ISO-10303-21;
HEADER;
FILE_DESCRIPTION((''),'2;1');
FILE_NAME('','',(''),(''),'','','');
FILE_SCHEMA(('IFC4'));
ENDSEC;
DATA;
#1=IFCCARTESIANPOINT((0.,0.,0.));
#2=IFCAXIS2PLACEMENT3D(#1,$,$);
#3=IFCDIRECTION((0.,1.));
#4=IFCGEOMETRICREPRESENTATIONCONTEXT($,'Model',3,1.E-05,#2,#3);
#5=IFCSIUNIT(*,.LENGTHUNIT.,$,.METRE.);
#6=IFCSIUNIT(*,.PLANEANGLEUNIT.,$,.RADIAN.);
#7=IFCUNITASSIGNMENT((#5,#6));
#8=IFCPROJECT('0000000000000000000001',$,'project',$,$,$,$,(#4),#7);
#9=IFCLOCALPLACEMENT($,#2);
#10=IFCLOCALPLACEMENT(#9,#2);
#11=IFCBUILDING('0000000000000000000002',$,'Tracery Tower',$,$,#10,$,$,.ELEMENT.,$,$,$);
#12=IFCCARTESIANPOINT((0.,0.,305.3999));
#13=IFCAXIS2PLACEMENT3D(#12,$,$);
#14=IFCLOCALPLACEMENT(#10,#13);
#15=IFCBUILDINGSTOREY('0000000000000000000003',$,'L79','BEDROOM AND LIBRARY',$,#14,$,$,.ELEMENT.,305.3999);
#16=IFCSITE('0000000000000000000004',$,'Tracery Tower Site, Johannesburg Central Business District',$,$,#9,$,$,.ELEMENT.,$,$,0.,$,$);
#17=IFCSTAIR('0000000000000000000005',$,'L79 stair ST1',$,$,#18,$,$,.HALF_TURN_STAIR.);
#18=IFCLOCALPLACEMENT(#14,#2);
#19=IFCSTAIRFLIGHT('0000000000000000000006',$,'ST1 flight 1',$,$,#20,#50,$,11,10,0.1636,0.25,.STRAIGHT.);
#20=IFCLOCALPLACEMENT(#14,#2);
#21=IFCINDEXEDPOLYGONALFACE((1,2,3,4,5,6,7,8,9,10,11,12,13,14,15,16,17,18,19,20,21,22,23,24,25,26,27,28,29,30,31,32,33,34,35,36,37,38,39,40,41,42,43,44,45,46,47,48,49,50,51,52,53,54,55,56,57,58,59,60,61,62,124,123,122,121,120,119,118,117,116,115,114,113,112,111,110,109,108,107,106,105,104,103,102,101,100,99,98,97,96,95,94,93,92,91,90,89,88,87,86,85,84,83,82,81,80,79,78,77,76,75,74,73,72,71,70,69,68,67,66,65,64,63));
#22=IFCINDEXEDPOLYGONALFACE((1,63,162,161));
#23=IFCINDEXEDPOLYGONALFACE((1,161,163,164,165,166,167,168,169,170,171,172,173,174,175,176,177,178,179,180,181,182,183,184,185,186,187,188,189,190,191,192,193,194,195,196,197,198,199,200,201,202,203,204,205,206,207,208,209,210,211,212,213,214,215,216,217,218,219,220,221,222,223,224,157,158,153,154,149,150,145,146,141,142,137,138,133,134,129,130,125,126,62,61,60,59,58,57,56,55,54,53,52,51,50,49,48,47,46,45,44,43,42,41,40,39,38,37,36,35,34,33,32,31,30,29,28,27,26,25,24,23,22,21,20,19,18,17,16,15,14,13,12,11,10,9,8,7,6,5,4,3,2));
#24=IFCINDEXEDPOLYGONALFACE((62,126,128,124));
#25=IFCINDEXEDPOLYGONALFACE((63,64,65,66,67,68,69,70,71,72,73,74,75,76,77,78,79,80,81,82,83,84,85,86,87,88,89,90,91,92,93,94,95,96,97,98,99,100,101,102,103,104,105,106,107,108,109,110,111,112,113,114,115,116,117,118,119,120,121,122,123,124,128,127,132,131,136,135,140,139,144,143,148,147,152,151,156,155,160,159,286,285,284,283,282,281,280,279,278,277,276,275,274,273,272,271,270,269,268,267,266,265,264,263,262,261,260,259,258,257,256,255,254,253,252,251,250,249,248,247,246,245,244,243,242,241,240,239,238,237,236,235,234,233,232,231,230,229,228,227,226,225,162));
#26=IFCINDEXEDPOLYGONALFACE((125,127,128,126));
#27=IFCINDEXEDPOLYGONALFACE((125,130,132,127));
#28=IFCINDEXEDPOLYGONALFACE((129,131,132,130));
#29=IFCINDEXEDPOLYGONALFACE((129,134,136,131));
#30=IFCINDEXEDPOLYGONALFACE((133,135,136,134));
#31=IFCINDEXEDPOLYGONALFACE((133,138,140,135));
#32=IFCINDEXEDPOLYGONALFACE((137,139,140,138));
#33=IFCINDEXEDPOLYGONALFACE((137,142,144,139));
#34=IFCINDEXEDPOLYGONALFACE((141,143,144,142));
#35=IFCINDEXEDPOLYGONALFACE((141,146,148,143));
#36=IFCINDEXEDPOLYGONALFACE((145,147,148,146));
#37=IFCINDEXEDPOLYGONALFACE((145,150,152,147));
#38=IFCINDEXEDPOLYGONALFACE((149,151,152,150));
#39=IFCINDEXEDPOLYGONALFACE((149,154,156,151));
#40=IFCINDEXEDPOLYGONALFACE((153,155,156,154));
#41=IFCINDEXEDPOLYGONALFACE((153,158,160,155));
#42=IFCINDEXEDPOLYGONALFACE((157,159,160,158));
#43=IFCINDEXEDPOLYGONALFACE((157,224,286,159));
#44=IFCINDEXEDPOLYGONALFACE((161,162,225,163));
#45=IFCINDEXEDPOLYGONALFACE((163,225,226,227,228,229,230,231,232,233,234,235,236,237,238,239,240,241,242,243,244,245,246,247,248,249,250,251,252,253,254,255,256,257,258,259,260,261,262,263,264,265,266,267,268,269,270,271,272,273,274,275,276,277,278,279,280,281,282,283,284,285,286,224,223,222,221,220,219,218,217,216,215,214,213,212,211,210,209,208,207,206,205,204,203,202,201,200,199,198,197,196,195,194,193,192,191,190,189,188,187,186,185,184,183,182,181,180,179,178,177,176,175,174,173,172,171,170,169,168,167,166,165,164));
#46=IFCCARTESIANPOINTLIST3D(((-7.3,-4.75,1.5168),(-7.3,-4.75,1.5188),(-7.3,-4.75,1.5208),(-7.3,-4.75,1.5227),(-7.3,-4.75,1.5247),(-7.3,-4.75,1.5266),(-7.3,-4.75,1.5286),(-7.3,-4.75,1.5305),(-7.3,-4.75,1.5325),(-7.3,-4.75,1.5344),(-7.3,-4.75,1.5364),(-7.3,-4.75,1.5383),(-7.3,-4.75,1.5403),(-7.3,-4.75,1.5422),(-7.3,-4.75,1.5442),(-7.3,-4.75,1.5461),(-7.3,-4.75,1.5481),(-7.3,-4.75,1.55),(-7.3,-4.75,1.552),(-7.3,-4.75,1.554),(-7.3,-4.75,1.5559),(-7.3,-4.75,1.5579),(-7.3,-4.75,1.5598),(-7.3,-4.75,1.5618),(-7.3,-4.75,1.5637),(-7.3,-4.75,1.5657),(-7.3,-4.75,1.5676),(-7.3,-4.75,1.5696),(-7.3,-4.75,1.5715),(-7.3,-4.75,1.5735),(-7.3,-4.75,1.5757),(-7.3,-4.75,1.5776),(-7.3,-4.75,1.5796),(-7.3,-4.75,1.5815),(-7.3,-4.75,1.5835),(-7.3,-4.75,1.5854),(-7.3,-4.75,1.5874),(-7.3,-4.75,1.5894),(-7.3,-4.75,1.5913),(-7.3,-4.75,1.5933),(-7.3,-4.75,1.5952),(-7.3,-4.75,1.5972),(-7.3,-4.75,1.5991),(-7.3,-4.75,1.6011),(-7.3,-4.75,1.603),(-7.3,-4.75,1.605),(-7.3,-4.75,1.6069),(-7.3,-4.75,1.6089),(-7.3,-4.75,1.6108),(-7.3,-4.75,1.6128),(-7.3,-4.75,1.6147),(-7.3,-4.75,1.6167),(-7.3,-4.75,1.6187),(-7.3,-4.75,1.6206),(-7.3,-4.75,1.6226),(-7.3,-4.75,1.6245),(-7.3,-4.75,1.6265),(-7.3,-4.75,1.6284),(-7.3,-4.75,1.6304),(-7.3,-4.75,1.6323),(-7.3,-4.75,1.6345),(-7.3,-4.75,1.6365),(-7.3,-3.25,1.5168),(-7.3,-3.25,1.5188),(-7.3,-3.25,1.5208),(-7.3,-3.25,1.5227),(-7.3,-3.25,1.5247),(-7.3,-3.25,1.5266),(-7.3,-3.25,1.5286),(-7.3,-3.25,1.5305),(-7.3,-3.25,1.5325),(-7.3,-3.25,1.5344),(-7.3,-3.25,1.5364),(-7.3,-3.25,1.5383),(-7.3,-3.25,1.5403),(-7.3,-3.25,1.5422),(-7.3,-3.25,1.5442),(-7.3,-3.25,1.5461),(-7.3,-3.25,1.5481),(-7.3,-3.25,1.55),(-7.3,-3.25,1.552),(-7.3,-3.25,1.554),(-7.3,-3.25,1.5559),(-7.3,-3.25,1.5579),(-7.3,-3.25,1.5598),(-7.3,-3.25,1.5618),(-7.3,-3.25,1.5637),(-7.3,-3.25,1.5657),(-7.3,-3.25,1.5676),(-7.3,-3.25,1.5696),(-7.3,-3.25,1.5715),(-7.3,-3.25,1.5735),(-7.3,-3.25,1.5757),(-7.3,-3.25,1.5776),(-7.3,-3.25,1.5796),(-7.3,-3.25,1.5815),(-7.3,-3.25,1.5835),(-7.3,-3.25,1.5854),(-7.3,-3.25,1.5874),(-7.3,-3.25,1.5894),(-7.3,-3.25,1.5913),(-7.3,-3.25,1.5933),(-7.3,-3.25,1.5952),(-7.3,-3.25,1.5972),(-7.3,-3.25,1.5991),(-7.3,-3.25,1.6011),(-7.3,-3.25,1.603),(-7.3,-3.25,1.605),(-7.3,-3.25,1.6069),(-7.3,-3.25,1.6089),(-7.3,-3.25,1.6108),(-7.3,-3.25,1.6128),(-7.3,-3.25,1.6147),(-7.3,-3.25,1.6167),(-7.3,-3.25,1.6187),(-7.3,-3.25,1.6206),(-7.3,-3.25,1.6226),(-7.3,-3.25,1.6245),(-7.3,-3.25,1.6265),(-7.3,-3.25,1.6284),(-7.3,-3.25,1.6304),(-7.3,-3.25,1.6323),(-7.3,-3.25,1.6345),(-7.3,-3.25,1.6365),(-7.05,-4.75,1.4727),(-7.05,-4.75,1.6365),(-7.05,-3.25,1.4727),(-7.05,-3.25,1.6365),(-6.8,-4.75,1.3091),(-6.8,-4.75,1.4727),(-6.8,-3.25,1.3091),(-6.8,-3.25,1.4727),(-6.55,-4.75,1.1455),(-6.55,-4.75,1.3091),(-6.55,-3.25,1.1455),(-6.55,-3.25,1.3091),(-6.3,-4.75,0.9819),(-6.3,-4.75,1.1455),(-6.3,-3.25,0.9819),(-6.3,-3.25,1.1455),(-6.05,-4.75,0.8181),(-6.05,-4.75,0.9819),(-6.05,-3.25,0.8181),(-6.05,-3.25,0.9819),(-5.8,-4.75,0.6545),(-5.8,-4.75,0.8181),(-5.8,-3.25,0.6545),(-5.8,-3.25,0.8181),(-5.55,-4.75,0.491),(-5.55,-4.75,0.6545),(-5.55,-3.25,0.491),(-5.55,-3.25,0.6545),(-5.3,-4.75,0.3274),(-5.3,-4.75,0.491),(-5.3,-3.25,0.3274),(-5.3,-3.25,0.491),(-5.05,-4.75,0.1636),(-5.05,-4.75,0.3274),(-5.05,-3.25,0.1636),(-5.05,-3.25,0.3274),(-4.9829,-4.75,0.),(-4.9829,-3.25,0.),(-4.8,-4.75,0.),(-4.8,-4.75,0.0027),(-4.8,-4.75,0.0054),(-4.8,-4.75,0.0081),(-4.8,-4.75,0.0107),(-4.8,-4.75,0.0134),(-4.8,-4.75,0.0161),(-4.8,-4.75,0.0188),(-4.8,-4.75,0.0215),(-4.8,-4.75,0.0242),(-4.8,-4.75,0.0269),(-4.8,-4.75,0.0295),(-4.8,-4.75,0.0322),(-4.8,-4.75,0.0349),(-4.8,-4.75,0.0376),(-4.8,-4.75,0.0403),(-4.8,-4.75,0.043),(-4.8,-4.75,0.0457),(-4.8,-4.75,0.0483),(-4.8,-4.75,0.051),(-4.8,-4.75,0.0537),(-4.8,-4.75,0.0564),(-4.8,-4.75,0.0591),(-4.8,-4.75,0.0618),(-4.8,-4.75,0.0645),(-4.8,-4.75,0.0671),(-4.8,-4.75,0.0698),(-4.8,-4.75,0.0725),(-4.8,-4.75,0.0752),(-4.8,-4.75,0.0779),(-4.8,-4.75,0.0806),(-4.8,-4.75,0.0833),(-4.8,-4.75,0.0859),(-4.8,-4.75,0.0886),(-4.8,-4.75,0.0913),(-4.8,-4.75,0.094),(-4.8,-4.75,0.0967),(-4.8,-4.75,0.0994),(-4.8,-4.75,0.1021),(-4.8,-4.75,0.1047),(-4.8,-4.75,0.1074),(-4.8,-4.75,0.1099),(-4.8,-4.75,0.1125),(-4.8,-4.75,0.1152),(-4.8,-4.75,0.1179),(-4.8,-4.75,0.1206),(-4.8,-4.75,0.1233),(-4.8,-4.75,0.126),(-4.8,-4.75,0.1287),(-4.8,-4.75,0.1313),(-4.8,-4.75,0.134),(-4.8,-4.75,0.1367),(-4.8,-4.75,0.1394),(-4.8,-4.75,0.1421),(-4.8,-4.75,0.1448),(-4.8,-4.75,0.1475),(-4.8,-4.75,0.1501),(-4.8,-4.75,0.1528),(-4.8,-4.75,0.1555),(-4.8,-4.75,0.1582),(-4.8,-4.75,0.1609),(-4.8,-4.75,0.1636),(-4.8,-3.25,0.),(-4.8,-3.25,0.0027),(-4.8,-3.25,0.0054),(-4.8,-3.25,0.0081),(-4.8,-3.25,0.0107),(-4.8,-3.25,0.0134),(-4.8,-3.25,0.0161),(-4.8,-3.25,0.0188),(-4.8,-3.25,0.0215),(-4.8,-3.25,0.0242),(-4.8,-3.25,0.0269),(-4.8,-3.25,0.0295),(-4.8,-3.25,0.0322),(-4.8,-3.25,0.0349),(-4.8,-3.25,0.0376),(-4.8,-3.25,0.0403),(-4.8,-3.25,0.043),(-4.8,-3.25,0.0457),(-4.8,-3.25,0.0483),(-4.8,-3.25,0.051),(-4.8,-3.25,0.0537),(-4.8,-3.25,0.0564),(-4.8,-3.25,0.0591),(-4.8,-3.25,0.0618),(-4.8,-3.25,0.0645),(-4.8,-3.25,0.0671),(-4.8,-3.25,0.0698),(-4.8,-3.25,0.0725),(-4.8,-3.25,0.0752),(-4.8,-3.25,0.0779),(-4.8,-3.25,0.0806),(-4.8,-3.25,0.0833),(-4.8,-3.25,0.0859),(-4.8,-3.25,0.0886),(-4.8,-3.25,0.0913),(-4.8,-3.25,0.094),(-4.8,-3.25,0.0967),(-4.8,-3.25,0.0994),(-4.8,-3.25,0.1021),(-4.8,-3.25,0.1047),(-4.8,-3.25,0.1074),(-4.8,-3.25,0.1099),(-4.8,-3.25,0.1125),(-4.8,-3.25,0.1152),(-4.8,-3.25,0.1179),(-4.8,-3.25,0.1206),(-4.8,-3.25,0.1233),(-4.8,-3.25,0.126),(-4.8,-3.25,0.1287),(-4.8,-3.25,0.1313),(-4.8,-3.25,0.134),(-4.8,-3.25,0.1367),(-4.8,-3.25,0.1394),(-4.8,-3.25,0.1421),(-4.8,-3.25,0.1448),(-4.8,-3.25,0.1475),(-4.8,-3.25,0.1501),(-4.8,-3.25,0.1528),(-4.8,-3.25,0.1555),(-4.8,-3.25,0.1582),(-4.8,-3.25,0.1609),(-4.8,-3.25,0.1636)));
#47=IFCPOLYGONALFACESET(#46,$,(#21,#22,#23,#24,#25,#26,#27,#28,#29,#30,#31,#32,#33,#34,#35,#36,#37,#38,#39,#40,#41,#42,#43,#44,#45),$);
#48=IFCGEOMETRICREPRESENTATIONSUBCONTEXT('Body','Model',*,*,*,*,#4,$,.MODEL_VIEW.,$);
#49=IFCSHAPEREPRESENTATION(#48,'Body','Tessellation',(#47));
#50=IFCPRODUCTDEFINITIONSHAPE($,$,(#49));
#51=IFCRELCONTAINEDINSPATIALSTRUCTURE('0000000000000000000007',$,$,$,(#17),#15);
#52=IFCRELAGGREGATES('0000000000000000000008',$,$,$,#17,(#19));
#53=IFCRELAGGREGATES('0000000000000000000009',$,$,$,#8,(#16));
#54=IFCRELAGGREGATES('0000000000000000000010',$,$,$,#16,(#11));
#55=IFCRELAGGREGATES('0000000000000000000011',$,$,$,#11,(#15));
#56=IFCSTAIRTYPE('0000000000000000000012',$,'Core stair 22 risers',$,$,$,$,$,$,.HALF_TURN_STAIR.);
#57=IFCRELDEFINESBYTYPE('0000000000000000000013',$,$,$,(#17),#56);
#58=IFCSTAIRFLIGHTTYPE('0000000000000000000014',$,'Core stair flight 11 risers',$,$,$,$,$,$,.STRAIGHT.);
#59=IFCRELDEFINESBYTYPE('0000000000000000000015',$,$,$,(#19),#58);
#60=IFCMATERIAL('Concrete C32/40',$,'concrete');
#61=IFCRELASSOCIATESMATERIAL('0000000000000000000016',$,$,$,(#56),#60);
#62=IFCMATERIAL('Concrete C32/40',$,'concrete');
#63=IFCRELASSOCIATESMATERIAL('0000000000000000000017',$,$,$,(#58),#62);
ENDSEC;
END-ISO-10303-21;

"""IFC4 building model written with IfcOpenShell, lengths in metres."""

from ifc_helpers import new_model, si_unit, direction, frame, origin, place, context, subcontext, project, spatial, polyline, outline, extrude, material, type_object, element, aggregate, save


model = new_model("IFC4")

# Units and contexts
model_context = context("Model", 3, precision=1e-05, world=origin(), true_north=direction((0.0, 1.0)))
body_context = subcontext(model_context, "Body", "Model", "MODEL_VIEW")
ifc_project = project(units=[si_unit("LENGTHUNIT", "METRE"), si_unit("PLANEANGLEUNIT", "RADIAN")], contexts=[model_context])

# Site, building, storey
site_placement = place(None, origin())
site = spatial("IfcSite", under=ifc_project, at=site_placement, Name="Tracery Tower Site, Johannesburg Central Business District", CompositionType="ELEMENT", RefElevation=0.0)
building_placement = place(site_placement, origin())
building = spatial("IfcBuilding", under=site, at=building_placement, Name="Tracery Tower", CompositionType="ELEMENT")
storey_placement = place(building_placement, frame((0.0, 0.0, 305.3999)))
storey = spatial("IfcBuildingStorey", under=building, at=storey_placement, Name="L79", Description="BEDROOM AND LIBRARY", CompositionType="ELEMENT", Elevation=305.3999)

# Stair, stair flight
ifc_material_1 = material(Name="Concrete C32/40", Category="concrete")
stair_type = type_object("IfcStairType", Name="Core stair 22 risers", PredefinedType="HALF_TURN_STAIR", material=ifc_material_1)
stair_placement = place(storey_placement, origin())
stair = element("IfcStair", 1, at=stair_placement, inside=storey, type_object=stair_type, Name="L79 stair ST1", PredefinedType="HALF_TURN_STAIR")
ifc_material_2 = material(Name="Concrete C32/40", Category="concrete")
stair_flight_type = type_object("IfcStairFlightType", Name="Core stair flight 11 risers", PredefinedType="STRAIGHT", material=ifc_material_2)
stair_flight_1_placement = place(storey_placement, frame((-4.8, -4.0, 0.0), z_axis=(0.0, 0.0, 1.0), x_axis=(-1.0, 0.0, 0.0)))
stair_flight_1 = element("IfcStairFlight", 2, at=stair_flight_1_placement, type_object=stair_flight_type, Name="ST1 flight 1", NumberOfRisers=11, NumberOfTreads=10, PredefinedType="STRAIGHT", RiserHeight=0.1636, TreadLength=0.25, context=body_context, shape_type="SweptSolid", body=[
    extrude(outline(polyline([(0.0, 0.0), (0.0, 0.0027), (0.0, 0.0054), (0.0, 0.0081), (0.0, 0.0107), (0.0, 0.0134), (0.0, 0.0161), (0.0, 0.0188), (0.0, 0.0215), (0.0, 0.0242), (0.0, 0.0269), (0.0, 0.0295), (0.0, 0.0322), (0.0, 0.0349), (0.0, 0.0376), (0.0, 0.0403), (0.0, 0.043), (0.0, 0.0457), (0.0, 0.0483), (0.0, 0.051), (0.0, 0.0537), (0.0, 0.0564), (0.0, 0.0591), (0.0, 0.0618), (0.0, 0.0645), (0.0, 0.0671), (0.0, 0.0698), (0.0, 0.0725), (0.0, 0.0752), (0.0, 0.0779), (0.0, 0.0806), (0.0, 0.0833), (0.0, 0.0859), (0.0, 0.0886), (0.0, 0.0913), (0.0, 0.094), (0.0, 0.0967), (0.0, 0.0994), (0.0, 0.1021), (0.0, 0.1047), (0.0, 0.1074), (0.0, 0.1099), (0.0, 0.1125), (0.0, 0.1152), (0.0, 0.1179), (0.0, 0.1206), (0.0, 0.1233), (0.0, 0.126), (0.0, 0.1287), (0.0, 0.1313), (0.0, 0.134), (0.0, 0.1367), (0.0, 0.1394), (0.0, 0.1421), (0.0, 0.1448), (0.0, 0.1475), (0.0, 0.1501), (0.0, 0.1528), (0.0, 0.1555), (0.0, 0.1582), (0.0, 0.1609), (0.0, 0.1636), (0.25, 0.1636), (0.25, 0.3274), (0.5, 0.3274), (0.5, 0.491), (0.75, 0.491), (0.75, 0.6545), (1.0, 0.6545), (1.0, 0.8181), (1.25, 0.8181), (1.25, 0.9819), (1.5, 0.9819), (1.5, 1.1455), (1.75, 1.1455), (1.75, 1.3091), (2.0, 1.3091), (2.0, 1.4727), (2.25, 1.4727), (2.25, 1.6365), (2.5, 1.6365), (2.5, 1.6345), (2.5, 1.6323), (2.5, 1.6304), (2.5, 1.6284), (2.5, 1.6265), (2.5, 1.6245), (2.5, 1.6226), (2.5, 1.6206), (2.5, 1.6187), (2.5, 1.6167), (2.5, 1.6147), (2.5, 1.6128), (2.5, 1.6108), (2.5, 1.6089), (2.5, 1.6069), (2.5, 1.605), (2.5, 1.603), (2.5, 1.6011), (2.5, 1.5991), (2.5, 1.5972), (2.5, 1.5952), (2.5, 1.5933), (2.5, 1.5913), (2.5, 1.5894), (2.5, 1.5874), (2.5, 1.5854), (2.5, 1.5835), (2.5, 1.5815), (2.5, 1.5796), (2.5, 1.5776), (2.5, 1.5757), (2.5, 1.5735), (2.5, 1.5715), (2.5, 1.5696), (2.5, 1.5676), (2.5, 1.5657), (2.5, 1.5637), (2.5, 1.5618), (2.5, 1.5598), (2.5, 1.5579), (2.5, 1.5559), (2.5, 1.554), (2.5, 1.552), (2.5, 1.55), (2.5, 1.5481), (2.5, 1.5461), (2.5, 1.5442), (2.5, 1.5422), (2.5, 1.5403), (2.5, 1.5383), (2.5, 1.5364), (2.5, 1.5344), (2.5, 1.5325), (2.5, 1.5305), (2.5, 1.5286), (2.5, 1.5266), (2.5, 1.5247), (2.5, 1.5227), (2.5, 1.5208), (2.5, 1.5188), (2.5, 1.5168), (0.1829, 0.0), (0.0, 0.0)])), frame((0.0, 0.75, 0.0), z_axis=(0.0, -1.0, 0.0), x_axis=(1.0, 0.0, 0.0)), (0.0, 0.0, 1.0), 1.5),
])
aggregate(stair, [stair_flight_1])

save(model, "model.ifc")
